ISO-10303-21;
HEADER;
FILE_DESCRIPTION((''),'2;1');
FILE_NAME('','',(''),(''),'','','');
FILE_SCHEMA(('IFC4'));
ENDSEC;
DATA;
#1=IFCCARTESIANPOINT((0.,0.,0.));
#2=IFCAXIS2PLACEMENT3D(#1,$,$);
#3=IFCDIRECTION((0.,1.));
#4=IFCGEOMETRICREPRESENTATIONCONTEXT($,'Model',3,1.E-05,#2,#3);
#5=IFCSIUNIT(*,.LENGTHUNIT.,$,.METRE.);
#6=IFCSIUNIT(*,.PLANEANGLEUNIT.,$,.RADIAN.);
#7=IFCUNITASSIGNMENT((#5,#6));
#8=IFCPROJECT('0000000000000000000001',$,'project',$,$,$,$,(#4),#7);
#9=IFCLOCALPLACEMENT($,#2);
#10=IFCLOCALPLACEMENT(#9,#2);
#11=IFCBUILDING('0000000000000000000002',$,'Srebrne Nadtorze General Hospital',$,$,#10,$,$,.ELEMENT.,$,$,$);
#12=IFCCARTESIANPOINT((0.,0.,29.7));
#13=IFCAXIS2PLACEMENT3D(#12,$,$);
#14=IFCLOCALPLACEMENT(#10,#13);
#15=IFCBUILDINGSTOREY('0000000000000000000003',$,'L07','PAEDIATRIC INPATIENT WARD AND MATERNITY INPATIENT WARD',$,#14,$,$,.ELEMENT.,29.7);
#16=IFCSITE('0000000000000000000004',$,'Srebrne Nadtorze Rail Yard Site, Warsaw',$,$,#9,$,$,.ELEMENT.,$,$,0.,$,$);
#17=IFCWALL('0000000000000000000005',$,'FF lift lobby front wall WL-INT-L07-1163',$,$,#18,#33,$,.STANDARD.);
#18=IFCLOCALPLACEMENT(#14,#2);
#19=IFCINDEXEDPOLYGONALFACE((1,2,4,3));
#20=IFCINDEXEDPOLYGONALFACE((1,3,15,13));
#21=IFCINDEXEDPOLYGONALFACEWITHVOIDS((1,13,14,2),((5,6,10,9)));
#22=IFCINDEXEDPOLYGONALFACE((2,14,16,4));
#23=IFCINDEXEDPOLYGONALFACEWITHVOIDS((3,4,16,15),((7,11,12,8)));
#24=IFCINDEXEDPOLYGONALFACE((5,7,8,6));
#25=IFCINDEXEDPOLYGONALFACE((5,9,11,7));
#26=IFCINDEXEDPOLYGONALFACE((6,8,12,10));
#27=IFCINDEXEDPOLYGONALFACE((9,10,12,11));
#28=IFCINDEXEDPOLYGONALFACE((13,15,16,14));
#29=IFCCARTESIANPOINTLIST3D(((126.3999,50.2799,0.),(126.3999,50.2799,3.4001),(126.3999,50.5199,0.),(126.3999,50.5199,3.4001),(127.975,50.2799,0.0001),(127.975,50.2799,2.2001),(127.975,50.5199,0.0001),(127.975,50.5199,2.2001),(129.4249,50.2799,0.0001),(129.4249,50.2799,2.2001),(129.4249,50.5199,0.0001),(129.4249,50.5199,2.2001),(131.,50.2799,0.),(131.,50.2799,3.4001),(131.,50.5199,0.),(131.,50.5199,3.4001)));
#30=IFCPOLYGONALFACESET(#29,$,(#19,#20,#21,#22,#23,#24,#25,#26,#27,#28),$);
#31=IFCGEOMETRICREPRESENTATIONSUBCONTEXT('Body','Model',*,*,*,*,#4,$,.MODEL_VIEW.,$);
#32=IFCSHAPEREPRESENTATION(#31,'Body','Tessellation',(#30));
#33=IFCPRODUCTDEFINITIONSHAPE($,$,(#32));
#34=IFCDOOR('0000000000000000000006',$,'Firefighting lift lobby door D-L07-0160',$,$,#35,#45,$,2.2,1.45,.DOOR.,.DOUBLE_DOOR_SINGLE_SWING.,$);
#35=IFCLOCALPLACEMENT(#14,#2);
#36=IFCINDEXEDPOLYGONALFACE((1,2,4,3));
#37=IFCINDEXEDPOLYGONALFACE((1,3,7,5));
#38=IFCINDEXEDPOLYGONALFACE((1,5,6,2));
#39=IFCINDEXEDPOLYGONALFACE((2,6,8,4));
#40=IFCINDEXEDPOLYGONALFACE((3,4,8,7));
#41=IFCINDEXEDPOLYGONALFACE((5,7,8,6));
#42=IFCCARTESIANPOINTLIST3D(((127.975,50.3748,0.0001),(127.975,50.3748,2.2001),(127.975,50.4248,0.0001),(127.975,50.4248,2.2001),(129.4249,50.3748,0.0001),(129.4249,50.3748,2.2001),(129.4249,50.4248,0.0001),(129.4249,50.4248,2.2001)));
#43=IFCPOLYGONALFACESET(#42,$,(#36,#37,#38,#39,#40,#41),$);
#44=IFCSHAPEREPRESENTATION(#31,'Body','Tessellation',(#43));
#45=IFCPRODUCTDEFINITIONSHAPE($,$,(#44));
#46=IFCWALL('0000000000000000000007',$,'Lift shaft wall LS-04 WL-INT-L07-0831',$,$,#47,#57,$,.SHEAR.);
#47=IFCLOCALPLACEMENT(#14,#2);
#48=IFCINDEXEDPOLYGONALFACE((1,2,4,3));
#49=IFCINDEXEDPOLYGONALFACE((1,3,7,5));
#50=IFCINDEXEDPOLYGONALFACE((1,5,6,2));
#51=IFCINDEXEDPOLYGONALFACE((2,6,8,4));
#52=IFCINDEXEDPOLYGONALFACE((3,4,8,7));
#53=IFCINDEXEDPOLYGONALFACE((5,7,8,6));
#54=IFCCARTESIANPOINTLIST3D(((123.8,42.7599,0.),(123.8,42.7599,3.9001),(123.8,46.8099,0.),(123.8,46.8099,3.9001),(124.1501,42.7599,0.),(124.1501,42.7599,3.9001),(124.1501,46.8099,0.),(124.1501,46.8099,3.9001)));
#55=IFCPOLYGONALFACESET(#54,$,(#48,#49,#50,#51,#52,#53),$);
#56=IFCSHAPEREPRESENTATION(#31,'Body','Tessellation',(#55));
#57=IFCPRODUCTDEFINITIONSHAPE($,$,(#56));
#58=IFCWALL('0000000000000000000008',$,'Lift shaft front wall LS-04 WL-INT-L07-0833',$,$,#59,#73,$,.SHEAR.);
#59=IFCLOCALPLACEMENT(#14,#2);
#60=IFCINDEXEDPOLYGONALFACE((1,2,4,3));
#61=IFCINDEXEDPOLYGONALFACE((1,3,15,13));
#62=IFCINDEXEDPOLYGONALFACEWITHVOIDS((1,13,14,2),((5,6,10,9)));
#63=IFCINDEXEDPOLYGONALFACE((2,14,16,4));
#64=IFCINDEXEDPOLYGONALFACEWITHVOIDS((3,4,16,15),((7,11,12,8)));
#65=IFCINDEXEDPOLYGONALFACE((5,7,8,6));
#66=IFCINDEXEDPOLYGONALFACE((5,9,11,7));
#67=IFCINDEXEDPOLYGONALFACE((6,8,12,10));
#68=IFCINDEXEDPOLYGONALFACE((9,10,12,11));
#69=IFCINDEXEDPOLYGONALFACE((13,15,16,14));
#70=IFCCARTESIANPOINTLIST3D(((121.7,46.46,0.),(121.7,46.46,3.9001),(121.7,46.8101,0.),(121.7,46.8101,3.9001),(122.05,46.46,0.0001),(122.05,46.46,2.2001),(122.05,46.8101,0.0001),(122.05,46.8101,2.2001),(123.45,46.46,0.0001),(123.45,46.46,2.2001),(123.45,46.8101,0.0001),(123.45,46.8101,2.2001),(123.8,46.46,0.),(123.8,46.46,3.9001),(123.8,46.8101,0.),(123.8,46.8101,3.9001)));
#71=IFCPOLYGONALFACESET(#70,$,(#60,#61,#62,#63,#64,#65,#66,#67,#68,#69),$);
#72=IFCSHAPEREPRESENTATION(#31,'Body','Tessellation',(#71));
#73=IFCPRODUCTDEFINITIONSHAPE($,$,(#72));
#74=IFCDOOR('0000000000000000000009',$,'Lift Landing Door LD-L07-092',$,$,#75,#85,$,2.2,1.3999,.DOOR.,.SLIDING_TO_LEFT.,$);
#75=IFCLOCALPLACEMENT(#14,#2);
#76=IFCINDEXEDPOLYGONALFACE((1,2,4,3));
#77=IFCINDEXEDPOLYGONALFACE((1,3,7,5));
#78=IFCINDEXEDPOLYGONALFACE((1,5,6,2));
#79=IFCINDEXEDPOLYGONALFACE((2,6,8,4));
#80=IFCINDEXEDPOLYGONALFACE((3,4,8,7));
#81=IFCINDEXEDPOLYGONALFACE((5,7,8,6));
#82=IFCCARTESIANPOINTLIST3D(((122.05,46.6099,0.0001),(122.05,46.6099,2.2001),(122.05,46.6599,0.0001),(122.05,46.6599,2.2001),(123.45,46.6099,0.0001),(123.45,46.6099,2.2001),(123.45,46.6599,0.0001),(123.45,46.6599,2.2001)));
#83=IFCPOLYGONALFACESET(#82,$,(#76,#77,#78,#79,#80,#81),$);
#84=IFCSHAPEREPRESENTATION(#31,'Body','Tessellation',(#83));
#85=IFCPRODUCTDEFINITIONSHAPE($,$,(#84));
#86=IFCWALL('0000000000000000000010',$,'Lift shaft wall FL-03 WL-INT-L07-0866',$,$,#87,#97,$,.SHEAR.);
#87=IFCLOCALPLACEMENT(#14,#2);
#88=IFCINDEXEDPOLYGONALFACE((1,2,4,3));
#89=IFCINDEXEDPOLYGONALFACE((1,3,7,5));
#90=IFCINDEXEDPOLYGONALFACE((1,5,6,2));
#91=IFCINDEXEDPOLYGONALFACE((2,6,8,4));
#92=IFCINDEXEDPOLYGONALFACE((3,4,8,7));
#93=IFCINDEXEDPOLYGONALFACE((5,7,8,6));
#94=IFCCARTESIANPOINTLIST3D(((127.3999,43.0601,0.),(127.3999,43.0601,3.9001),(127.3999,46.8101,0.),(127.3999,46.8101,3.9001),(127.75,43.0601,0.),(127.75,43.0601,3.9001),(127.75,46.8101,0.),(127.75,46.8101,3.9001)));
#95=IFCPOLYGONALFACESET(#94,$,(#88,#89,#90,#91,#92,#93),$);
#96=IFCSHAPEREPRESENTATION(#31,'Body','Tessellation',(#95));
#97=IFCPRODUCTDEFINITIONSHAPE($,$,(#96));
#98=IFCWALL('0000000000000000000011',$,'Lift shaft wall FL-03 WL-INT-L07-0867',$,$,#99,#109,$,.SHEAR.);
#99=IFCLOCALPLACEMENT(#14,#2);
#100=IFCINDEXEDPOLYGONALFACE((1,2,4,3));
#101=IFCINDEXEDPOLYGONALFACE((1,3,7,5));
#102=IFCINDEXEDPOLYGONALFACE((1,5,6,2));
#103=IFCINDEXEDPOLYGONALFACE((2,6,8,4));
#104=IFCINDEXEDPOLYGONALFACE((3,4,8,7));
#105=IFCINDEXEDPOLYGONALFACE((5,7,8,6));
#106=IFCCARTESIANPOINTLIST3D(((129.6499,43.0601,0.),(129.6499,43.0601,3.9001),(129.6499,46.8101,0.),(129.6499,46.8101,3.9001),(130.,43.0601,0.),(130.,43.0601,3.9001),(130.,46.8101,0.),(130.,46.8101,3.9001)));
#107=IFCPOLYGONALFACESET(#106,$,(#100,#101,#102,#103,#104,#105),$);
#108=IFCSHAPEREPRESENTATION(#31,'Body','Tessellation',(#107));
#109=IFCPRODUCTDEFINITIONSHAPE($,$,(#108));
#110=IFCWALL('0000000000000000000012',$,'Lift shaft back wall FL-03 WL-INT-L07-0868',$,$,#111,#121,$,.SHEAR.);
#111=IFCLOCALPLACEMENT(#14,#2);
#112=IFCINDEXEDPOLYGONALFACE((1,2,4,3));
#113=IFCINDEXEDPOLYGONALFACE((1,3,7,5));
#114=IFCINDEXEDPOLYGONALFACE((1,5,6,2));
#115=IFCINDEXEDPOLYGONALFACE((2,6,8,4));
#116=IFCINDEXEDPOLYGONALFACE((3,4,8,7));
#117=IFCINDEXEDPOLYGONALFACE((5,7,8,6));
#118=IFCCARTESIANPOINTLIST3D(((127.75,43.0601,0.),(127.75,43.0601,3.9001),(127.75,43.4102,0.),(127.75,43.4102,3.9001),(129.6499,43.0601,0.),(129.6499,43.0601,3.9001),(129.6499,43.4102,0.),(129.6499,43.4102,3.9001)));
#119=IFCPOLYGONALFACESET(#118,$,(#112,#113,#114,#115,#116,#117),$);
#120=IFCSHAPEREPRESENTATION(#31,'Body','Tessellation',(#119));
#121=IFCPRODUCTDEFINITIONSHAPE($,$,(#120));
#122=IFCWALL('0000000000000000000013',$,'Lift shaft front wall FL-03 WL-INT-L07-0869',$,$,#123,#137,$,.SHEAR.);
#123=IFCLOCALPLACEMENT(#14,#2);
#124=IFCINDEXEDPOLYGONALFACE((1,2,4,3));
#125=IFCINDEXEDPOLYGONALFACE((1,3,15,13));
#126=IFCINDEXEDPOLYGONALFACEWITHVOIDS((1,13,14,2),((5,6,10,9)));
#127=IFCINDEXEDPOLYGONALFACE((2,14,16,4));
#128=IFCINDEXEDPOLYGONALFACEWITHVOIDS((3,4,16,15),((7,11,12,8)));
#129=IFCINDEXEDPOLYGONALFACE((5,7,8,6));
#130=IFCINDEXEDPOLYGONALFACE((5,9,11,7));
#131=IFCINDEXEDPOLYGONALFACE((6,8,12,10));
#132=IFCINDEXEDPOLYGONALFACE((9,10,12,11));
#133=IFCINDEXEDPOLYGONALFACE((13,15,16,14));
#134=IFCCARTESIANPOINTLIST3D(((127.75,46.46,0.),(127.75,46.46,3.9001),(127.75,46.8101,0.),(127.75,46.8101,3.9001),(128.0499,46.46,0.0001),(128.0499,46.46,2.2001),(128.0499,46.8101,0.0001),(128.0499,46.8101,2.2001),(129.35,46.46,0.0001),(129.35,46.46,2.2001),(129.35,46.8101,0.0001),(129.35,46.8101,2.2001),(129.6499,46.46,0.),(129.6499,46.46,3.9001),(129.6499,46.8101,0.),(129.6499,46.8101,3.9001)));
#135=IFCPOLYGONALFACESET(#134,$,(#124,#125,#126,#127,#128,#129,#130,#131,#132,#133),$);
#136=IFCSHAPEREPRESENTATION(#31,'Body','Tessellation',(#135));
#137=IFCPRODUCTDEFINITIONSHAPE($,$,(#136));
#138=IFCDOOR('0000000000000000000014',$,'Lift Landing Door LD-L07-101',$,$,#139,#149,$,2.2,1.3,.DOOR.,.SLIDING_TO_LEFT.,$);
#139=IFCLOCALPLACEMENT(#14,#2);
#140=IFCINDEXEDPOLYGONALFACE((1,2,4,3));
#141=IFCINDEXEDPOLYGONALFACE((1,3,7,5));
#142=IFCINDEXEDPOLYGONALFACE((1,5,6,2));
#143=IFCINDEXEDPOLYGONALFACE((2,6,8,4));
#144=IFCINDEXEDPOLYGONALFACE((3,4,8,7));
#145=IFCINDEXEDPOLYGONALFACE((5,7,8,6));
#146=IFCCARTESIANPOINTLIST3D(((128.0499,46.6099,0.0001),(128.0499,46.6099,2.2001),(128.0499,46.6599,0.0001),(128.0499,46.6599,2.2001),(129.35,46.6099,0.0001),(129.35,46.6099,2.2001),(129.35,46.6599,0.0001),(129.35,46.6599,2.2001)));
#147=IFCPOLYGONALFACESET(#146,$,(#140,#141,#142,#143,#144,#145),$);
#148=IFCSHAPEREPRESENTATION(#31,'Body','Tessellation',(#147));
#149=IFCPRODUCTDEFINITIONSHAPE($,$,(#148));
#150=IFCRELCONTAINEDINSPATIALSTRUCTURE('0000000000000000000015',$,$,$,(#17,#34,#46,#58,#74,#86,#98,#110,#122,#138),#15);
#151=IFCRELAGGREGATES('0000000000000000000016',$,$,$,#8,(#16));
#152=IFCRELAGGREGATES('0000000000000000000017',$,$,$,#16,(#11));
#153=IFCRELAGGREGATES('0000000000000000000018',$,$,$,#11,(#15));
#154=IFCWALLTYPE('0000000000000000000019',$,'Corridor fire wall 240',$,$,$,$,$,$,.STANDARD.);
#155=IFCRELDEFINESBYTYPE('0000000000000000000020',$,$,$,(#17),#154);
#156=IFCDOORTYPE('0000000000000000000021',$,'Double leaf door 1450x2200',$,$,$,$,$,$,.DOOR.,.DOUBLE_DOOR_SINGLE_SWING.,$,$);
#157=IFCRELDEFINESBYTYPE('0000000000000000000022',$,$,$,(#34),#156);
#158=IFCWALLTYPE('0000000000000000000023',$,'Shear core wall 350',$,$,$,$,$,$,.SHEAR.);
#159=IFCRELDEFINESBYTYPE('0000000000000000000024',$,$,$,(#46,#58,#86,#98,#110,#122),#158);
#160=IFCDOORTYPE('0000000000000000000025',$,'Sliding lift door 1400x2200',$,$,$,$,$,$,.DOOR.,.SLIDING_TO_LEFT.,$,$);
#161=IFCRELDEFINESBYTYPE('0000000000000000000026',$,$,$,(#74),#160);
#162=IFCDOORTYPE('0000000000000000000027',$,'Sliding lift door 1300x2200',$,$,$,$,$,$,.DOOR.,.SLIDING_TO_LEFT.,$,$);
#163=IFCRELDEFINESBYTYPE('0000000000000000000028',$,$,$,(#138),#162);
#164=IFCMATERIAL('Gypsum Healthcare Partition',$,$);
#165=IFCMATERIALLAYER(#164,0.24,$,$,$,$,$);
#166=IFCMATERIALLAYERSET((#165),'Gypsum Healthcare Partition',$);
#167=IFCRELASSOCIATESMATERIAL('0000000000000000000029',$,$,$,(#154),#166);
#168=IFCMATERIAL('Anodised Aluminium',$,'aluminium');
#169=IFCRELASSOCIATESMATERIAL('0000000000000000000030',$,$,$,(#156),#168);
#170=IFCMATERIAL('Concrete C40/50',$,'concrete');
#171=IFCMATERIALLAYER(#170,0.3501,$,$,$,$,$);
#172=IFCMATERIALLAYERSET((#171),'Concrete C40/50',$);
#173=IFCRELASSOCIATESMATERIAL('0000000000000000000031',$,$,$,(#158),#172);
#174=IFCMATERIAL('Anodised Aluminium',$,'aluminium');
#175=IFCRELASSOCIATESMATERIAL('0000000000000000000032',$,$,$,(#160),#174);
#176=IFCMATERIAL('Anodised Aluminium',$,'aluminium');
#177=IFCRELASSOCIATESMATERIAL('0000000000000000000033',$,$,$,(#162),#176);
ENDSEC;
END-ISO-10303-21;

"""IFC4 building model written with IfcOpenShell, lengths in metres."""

from ifc_helpers import new_model, si_unit, direction, frame, frame_2d, origin, place, context, subcontext, project, spatial, rectangle, extrude, material, layer, layer_set, type_object, element, fill, save


model = new_model("IFC4")

# Units and contexts
model_context = context("Model", 3, precision=1e-05, world=origin(), true_north=direction((0.0, 1.0)))
body_context = subcontext(model_context, "Body", "Model", "MODEL_VIEW")
ifc_project = project(units=[si_unit("LENGTHUNIT", "METRE"), si_unit("PLANEANGLEUNIT", "RADIAN")], contexts=[model_context])

# Site, building, storey
site_placement = place(None, origin())
site = spatial("IfcSite", under=ifc_project, at=site_placement, Name="Srebrne Nadtorze Rail Yard Site, Warsaw", CompositionType="ELEMENT", RefElevation=0.0)
building_placement = place(site_placement, origin())
building = spatial("IfcBuilding", under=site, at=building_placement, Name="Srebrne Nadtorze General Hospital", CompositionType="ELEMENT")
storey_placement = place(building_placement, frame((0.0, 0.0, 29.7)))
storey = spatial("IfcBuildingStorey", under=building, at=storey_placement, Name="L07", Description="PAEDIATRIC INPATIENT WARD AND MATERNITY INPATIENT WARD", CompositionType="ELEMENT", Elevation=29.7)

# Shared definitions
ifc_material_1 = material(Name="Gypsum Healthcare Partition")
ifc_layer_1 = layer(ifc_material_1, 0.24)
ifc_layer_set_1 = layer_set([ifc_layer_1], Name="Gypsum Healthcare Partition")
wall_type_1 = type_object("IfcWallType", Name="Corridor fire wall 240", PredefinedType="STANDARD", material=ifc_layer_set_1)

# Wall, opening, door
wall_1_placement = place(storey_placement, frame((126.3999, 50.3999, 0.0), z_axis=(0.0, 0.0, 1.0), x_axis=(1.0, 0.0, 0.0)))
wall_1 = element("IfcWall", 1, at=wall_1_placement, inside=storey, type_object=wall_type_1, Name="FF lift lobby front wall WL-INT-L07-1163", PredefinedType="STANDARD", context=body_context, shape_type="SweptSolid", body=[
    extrude(rectangle(XDim=4.6001, YDim=0.24, at=frame_2d((2.3, 0.0))), origin(), (0.0, 0.0, 1.0), 3.4001),
])
opening_1_placement = place(wall_1_placement, frame((1.575, 0.0, 0.0)))
opening_1 = element("IfcOpeningElement", 2, at=opening_1_placement, cuts=wall_1, PredefinedType="OPENING", context=body_context, shape_type="SweptSolid", body=[
    extrude(rectangle(XDim=1.45, YDim=2.2, at=frame_2d((0.7251, 1.1001))), frame((0.0, 0.1318, 0.0), z_axis=(0.0, -1.0, 0.0), x_axis=(1.0, 0.0, 0.0)), (0.0, 0.0, 1.0), 0.2639),
])
ifc_material_2 = material(Name="Anodised Aluminium", Category="aluminium")
door_type_1 = type_object("IfcDoorType", Name="Double leaf door 1450x2200", OperationType="DOUBLE_DOOR_SINGLE_SWING", PredefinedType="DOOR", material=ifc_material_2)
door_1_placement = place(opening_1_placement, origin())
door_1 = element("IfcDoor", 3, at=door_1_placement, inside=storey, type_object=door_type_1, Name="Firefighting lift lobby door D-L07-0160", OperationType="DOUBLE_DOOR_SINGLE_SWING", OverallHeight=2.2, OverallWidth=1.45, PredefinedType="DOOR", context=body_context, shape_type="SweptSolid", body=[
    extrude(rectangle(XDim=1.45, YDim=2.2, at=frame_2d((0.7251, 1.1001))), frame((0.0, 0.0249, 0.0), z_axis=(0.0, -1.0, 0.0), x_axis=(1.0, 0.0, 0.0)), (0.0, 0.0, 1.0), 0.05),
])
fill(opening_1, door_1)

# Wall
ifc_material_3 = material(Name="Concrete C40/50", Category="concrete")
ifc_layer_2 = layer(ifc_material_3, 0.3501)
ifc_layer_set_2 = layer_set([ifc_layer_2], Name="Concrete C40/50")
wall_type_2 = type_object("IfcWallType", Name="Shear core wall 350", PredefinedType="SHEAR", material=ifc_layer_set_2)
wall_2_placement = place(storey_placement, frame((123.9751, 42.76, 0.0), z_axis=(0.0, 0.0, 1.0), x_axis=(0.0, 1.0, 0.0)))
element("IfcWall", 4, at=wall_2_placement, inside=storey, type_object=wall_type_2, Name="Lift shaft wall LS-04 WL-INT-L07-0831", PredefinedType="SHEAR", context=body_context, shape_type="SweptSolid", body=[
    extrude(rectangle(XDim=4.05, YDim=0.3501, at=frame_2d((2.0249, 0.0))), origin(), (0.0, 0.0, 1.0), 3.9001),
])

# Wall, opening, door
wall_3_placement = place(storey_placement, frame((121.7, 46.635, 0.0), z_axis=(0.0, 0.0, 1.0), x_axis=(1.0, 0.0, 0.0)))
wall_3 = element("IfcWall", 5, at=wall_3_placement, inside=storey, type_object=wall_type_2, Name="Lift shaft front wall LS-04 WL-INT-L07-0833", PredefinedType="SHEAR", context=body_context, shape_type="SweptSolid", body=[
    extrude(rectangle(XDim=2.1001, YDim=0.3501, at=frame_2d((1.05, 0.0))), origin(), (0.0, 0.0, 1.0), 3.9001),
])
opening_2_placement = place(wall_3_placement, frame((0.3501, 0.0, 0.0)))
opening_2 = element("IfcOpeningElement", 6, at=opening_2_placement, cuts=wall_3, PredefinedType="OPENING", context=body_context, shape_type="SweptSolid", body=[
    extrude(rectangle(XDim=1.3999, YDim=2.2, at=frame_2d((0.7, 1.1001))), frame((0.0, 0.187, 0.0), z_axis=(0.0, -1.0, 0.0), x_axis=(1.0, 0.0, 0.0)), (0.0, 0.0, 1.0), 0.374),
])
ifc_material_4 = material(Name="Anodised Aluminium", Category="aluminium")
door_type_2 = type_object("IfcDoorType", Name="Sliding lift door 1400x2200", OperationType="SLIDING_TO_LEFT", PredefinedType="DOOR", material=ifc_material_4)
door_2_placement = place(opening_2_placement, origin())
door_2 = element("IfcDoor", 7, at=door_2_placement, inside=storey, type_object=door_type_2, Name="Lift Landing Door LD-L07-092", OperationType="SLIDING_TO_LEFT", OverallHeight=2.2, OverallWidth=1.3999, PredefinedType="DOOR", context=body_context, shape_type="SweptSolid", body=[
    extrude(rectangle(XDim=1.3999, YDim=2.2, at=frame_2d((0.7, 1.1001))), frame((0.0, 0.0249, 0.0), z_axis=(0.0, -1.0, 0.0), x_axis=(1.0, 0.0, 0.0)), (0.0, 0.0, 1.0), 0.05),
])
fill(opening_2, door_2)

# Walls
for number, where, z_axis, x_axis, name in (
    (8, (127.575, 43.0601, 0.0), (0.0, 0.0, 1.0), (0.0, 1.0, 0.0), "Lift shaft wall FL-03 WL-INT-L07-0866"),
    (9, (129.825, 43.0601, 0.0), (0.0, 0.0, 1.0), (0.0, 1.0, 0.0), "Lift shaft wall FL-03 WL-INT-L07-0867"),
):
    element("IfcWall", number, at=place(storey_placement, frame(where, z_axis=z_axis, x_axis=x_axis)), inside=storey, type_object=wall_type_2, Name=name, PredefinedType="SHEAR", context=body_context, shape_type="SweptSolid", body=[
        extrude(rectangle(XDim=3.75, YDim=0.3501, at=frame_2d((1.875, 0.0))), origin(), (0.0, 0.0, 1.0), 3.9001),
    ])
wall_4_placement = place(storey_placement, frame((127.75, 43.2351, 0.0), z_axis=(0.0, 0.0, 1.0), x_axis=(1.0, 0.0, 0.0)))
element("IfcWall", 10, at=wall_4_placement, inside=storey, type_object=wall_type_2, Name="Lift shaft back wall FL-03 WL-INT-L07-0868", PredefinedType="SHEAR", context=body_context, shape_type="SweptSolid", body=[
    extrude(rectangle(XDim=1.8999, YDim=0.3501, at=frame_2d((0.95, 0.0))), origin(), (0.0, 0.0, 1.0), 3.9001),
])

# Wall, opening, door
wall_5_placement = place(storey_placement, frame((127.75, 46.635, 0.0), z_axis=(0.0, 0.0, 1.0), x_axis=(1.0, 0.0, 0.0)))
wall_5 = element("IfcWall", 11, at=wall_5_placement, inside=storey, type_object=wall_type_2, Name="Lift shaft front wall FL-03 WL-INT-L07-0869", PredefinedType="SHEAR", context=body_context, shape_type="SweptSolid", body=[
    extrude(rectangle(XDim=1.8999, YDim=0.3501, at=frame_2d((0.95, 0.0))), origin(), (0.0, 0.0, 1.0), 3.9001),
])
opening_3_placement = place(wall_5_placement, frame((0.3, 0.0, 0.0)))
opening_3 = element("IfcOpeningElement", 12, at=opening_3_placement, cuts=wall_5, PredefinedType="OPENING", context=body_context, shape_type="SweptSolid", body=[
    extrude(rectangle(XDim=1.3, YDim=2.2, at=frame_2d((0.6499, 1.1001))), frame((0.0, 0.187, 0.0), z_axis=(0.0, -1.0, 0.0), x_axis=(1.0, 0.0, 0.0)), (0.0, 0.0, 1.0), 0.374),
])
ifc_material_5 = material(Name="Anodised Aluminium", Category="aluminium")
door_type_3 = type_object("IfcDoorType", Name="Sliding lift door 1300x2200", OperationType="SLIDING_TO_LEFT", PredefinedType="DOOR", material=ifc_material_5)
door_3_placement = place(opening_3_placement, origin())
door_3 = element("IfcDoor", 13, at=door_3_placement, inside=storey, type_object=door_type_3, Name="Lift Landing Door LD-L07-101", OperationType="SLIDING_TO_LEFT", OverallHeight=2.2, OverallWidth=1.3, PredefinedType="DOOR", context=body_context, shape_type="SweptSolid", body=[
    extrude(rectangle(XDim=1.3, YDim=2.2, at=frame_2d((0.6499, 1.1001))), frame((0.0, 0.0249, 0.0), z_axis=(0.0, -1.0, 0.0), x_axis=(1.0, 0.0, 0.0)), (0.0, 0.0, 1.0), 0.05),
])
fill(opening_3, door_3)

save(model, "model.ifc")
